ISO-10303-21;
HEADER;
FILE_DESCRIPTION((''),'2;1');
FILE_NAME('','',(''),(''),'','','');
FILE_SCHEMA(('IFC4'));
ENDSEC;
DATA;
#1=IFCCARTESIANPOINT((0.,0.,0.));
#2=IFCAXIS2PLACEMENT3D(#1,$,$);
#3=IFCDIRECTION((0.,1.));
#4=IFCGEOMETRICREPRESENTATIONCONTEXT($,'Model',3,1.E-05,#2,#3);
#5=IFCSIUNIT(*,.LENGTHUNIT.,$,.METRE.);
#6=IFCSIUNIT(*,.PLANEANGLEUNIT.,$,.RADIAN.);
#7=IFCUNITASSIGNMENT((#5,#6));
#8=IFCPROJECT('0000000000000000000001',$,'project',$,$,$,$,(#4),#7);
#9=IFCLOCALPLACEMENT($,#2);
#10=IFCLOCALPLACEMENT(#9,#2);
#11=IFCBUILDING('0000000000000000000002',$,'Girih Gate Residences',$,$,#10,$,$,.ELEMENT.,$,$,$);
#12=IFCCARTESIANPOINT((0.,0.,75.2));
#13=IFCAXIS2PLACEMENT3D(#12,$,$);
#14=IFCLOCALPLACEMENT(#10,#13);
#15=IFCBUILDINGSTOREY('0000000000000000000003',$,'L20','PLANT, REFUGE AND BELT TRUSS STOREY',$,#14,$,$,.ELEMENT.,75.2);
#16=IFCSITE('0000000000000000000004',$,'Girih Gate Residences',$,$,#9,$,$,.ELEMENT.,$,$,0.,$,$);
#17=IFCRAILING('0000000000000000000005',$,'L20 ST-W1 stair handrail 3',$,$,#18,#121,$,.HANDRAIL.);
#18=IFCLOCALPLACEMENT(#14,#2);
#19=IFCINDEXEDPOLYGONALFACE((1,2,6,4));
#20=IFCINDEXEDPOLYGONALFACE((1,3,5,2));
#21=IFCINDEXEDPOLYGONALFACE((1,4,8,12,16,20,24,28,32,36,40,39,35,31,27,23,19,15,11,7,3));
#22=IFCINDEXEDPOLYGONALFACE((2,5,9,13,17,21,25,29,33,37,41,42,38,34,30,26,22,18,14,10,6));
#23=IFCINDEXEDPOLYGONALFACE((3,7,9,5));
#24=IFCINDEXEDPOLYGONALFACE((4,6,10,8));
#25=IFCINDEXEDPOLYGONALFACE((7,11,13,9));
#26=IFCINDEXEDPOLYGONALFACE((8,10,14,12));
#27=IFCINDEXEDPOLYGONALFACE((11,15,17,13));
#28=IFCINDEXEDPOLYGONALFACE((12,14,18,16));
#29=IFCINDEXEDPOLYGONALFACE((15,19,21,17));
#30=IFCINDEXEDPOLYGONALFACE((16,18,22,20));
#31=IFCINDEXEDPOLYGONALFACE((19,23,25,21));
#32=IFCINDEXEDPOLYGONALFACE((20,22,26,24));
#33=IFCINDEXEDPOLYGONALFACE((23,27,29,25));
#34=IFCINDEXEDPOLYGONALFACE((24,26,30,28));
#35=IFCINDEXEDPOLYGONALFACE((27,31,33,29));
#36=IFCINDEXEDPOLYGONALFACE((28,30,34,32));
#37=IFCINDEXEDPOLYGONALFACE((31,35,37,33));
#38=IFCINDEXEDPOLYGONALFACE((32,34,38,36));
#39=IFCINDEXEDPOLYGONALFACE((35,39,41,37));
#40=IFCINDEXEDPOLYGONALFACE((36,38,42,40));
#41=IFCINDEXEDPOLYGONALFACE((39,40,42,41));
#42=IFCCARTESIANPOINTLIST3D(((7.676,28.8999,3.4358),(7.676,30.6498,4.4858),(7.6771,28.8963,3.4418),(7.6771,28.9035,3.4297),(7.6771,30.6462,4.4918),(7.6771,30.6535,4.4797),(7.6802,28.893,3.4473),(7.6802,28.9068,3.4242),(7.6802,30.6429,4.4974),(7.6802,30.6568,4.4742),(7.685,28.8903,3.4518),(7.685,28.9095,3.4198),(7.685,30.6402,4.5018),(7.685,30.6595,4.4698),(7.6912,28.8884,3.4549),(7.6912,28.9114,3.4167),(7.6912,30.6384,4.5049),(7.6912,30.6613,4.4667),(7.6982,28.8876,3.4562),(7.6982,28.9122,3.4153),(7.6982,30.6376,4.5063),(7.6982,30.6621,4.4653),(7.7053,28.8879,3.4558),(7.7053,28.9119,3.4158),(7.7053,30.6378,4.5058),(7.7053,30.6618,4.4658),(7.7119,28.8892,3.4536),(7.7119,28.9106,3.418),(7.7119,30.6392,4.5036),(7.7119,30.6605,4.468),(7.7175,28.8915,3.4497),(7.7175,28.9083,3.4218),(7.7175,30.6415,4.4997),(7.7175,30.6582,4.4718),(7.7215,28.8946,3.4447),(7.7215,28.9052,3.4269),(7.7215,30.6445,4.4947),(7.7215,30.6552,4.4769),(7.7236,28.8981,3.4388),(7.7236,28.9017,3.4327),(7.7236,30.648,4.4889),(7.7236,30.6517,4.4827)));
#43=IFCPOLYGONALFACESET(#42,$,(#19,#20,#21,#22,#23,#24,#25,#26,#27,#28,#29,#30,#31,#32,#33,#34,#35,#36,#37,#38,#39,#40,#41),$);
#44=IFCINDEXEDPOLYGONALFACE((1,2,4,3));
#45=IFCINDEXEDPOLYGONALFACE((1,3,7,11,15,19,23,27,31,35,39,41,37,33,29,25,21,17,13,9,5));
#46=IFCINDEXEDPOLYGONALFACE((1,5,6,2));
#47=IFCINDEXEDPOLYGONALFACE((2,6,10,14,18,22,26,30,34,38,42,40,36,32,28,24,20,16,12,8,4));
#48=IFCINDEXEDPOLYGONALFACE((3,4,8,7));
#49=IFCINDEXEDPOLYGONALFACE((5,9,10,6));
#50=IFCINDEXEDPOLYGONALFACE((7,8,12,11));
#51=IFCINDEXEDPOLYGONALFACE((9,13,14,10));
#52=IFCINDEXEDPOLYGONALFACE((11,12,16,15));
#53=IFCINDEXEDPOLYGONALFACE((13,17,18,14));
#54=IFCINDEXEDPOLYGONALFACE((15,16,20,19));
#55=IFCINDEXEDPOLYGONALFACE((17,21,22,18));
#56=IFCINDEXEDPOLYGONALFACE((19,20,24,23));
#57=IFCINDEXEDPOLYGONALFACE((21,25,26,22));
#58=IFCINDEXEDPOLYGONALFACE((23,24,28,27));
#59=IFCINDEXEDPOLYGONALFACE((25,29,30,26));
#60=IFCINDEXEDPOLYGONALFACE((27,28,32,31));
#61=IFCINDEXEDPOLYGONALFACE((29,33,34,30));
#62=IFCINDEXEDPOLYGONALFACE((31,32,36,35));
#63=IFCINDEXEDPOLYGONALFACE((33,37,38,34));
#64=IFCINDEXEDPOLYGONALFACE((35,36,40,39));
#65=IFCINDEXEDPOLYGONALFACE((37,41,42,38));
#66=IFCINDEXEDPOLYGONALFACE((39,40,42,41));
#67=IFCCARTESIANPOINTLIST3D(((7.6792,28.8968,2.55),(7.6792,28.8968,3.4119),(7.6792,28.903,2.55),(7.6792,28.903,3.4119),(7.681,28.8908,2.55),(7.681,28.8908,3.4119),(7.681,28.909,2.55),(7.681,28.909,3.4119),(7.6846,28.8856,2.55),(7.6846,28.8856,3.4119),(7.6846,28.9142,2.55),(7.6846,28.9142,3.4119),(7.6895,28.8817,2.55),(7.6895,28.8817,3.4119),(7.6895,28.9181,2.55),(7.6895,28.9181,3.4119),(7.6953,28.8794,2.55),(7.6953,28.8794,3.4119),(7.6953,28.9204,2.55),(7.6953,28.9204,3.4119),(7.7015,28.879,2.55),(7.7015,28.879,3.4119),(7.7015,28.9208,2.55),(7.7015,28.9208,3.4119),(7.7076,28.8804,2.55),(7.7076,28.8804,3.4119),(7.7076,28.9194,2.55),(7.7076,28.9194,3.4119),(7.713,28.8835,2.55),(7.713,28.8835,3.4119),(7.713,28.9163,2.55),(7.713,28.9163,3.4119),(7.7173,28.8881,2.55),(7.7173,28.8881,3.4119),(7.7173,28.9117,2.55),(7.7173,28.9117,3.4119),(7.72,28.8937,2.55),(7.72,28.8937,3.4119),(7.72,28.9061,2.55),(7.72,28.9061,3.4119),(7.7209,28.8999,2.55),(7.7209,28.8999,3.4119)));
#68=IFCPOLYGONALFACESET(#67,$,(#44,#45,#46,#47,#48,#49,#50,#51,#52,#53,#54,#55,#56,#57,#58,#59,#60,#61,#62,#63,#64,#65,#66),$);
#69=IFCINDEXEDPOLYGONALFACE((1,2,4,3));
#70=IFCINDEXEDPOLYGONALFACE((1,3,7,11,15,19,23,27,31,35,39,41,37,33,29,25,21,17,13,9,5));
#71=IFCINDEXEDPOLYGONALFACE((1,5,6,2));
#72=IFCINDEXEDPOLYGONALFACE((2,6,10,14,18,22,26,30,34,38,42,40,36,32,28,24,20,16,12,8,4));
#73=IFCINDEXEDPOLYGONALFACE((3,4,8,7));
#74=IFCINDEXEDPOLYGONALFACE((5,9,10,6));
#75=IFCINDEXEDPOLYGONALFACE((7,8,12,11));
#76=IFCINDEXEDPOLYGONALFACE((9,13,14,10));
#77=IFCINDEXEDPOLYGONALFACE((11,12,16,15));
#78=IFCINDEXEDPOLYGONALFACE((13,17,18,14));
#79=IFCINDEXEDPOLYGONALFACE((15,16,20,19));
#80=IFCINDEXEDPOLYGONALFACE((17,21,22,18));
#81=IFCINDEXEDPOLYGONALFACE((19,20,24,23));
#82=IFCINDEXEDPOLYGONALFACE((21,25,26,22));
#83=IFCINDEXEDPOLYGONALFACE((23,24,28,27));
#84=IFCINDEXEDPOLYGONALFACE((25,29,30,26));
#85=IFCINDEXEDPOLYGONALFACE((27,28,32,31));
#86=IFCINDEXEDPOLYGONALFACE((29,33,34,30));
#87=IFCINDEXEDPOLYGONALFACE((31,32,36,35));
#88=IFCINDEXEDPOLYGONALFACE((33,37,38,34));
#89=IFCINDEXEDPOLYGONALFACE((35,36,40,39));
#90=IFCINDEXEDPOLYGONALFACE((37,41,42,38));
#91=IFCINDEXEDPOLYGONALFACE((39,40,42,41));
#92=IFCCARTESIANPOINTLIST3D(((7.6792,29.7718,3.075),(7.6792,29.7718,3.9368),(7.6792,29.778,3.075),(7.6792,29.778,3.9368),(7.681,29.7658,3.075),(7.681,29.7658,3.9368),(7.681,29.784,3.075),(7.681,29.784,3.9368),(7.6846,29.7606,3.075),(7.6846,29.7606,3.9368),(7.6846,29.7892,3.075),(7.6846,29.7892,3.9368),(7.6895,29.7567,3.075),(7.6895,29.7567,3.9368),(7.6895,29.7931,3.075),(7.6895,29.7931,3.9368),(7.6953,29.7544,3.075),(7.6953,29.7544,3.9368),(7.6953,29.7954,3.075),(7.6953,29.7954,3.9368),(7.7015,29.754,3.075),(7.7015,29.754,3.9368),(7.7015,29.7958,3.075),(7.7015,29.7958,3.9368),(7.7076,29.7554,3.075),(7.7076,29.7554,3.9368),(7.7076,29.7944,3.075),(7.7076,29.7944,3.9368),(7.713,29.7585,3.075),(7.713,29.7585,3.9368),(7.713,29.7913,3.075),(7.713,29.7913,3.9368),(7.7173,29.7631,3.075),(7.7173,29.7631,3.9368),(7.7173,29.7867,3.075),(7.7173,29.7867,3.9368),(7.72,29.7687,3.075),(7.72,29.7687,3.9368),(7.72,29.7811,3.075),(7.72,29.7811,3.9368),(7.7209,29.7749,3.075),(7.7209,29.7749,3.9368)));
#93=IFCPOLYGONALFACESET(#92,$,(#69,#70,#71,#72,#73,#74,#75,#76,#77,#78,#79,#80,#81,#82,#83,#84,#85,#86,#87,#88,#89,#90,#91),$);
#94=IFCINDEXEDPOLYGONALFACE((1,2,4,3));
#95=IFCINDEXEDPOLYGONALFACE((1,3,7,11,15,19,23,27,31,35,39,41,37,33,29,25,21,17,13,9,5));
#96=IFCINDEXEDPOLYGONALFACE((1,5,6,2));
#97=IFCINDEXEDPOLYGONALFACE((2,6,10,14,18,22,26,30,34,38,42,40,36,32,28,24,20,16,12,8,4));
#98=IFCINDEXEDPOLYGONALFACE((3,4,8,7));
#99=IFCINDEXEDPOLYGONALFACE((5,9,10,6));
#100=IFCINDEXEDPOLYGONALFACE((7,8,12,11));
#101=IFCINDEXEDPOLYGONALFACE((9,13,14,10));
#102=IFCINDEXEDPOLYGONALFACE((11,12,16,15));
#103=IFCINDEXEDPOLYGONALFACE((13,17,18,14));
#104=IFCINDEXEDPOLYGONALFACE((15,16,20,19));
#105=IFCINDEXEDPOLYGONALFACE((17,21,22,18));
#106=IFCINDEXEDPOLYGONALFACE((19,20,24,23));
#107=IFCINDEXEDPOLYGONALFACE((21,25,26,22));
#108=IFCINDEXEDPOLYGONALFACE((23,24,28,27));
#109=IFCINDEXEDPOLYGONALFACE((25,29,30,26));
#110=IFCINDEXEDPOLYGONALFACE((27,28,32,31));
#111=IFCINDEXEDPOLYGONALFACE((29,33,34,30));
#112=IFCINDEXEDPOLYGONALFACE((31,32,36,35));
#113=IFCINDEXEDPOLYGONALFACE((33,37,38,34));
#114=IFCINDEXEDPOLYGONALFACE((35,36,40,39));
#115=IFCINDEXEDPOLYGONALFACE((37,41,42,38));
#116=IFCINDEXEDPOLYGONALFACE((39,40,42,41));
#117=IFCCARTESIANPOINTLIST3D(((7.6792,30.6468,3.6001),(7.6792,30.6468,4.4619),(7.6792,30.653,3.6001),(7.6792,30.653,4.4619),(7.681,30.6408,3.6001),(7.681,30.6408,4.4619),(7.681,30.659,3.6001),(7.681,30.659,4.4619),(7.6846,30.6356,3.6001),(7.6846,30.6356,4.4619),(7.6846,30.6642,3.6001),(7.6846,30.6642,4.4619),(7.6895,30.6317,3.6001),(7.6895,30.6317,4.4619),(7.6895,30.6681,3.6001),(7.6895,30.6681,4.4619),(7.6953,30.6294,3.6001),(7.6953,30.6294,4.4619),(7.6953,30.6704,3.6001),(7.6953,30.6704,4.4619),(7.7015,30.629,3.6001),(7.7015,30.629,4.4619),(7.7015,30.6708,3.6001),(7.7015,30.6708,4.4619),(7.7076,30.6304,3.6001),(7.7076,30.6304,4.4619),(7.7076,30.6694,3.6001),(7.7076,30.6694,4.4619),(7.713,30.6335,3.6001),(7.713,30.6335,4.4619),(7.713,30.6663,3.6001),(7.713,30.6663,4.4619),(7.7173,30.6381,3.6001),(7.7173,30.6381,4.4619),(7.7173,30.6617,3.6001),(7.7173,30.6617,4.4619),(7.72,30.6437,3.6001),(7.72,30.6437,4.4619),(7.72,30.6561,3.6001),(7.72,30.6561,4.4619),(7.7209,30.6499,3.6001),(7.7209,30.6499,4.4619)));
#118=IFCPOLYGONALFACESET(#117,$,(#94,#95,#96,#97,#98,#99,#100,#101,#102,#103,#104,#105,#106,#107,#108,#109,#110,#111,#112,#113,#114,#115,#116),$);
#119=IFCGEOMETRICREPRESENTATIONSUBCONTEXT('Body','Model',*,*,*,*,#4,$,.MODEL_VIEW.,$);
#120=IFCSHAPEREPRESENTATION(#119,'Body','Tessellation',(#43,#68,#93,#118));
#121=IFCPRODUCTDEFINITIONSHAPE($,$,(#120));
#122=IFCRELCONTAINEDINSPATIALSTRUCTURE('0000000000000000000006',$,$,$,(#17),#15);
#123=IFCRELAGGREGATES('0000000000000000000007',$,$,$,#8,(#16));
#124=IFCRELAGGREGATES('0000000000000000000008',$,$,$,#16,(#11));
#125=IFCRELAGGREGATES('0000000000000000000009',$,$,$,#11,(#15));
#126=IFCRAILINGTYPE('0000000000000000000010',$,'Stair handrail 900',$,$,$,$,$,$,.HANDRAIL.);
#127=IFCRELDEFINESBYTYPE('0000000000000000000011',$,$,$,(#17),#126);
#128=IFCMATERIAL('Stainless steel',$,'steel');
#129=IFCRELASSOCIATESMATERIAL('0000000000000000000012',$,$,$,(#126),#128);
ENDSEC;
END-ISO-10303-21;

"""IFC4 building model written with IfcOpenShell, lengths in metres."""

from ifc_helpers import new_model, si_unit, direction, frame, origin, origin_2d, place, context, subcontext, project, spatial, circle, extrude, material, type_object, element, save


model = new_model("IFC4")

# Units and contexts
model_context = context("Model", 3, precision=1e-05, world=origin(), true_north=direction((0.0, 1.0)))
body_context = subcontext(model_context, "Body", "Model", "MODEL_VIEW")
ifc_project = project(units=[si_unit("LENGTHUNIT", "METRE"), si_unit("PLANEANGLEUNIT", "RADIAN")], contexts=[model_context])

# Site, building, storey
site_placement = place(None, origin())
site = spatial("IfcSite", under=ifc_project, at=site_placement, Name="Girih Gate Residences", CompositionType="ELEMENT", RefElevation=0.0)
building_placement = place(site_placement, origin())
building = spatial("IfcBuilding", under=site, at=building_placement, Name="Girih Gate Residences", CompositionType="ELEMENT")
storey_placement = place(building_placement, frame((0.0, 0.0, 75.2)))
storey = spatial("IfcBuildingStorey", under=building, at=storey_placement, Name="L20", Description="PLANT, REFUGE AND BELT TRUSS STOREY", CompositionType="ELEMENT", Elevation=75.2)

# Railing
ifc_material_1 = material(Name="Stainless steel", Category="steel")
railing_type_1 = type_object("IfcRailingType", Name="Stair handrail 900", PredefinedType="HANDRAIL", material=ifc_material_1)
railing_1_placement = place(storey_placement, frame((7.7, 28.8999, 2.55)))
element("IfcRailing", 1, at=railing_1_placement, inside=storey, type_object=railing_type_1, Name="L20 ST-W1 stair handrail 3", PredefinedType="HANDRAIL", context=body_context, shape_type="SweptSolid", body=[
    extrude(circle(Radius=0.0239, at=origin_2d()), frame((0.0, 0.0, 0.8857), z_axis=(0.0, 0.857482, 0.514513), x_axis=(-1.0, 0.0, 0.0)), (0.0, 0.0, 1.0), 2.0408),
    extrude(circle(Radius=0.021, at=origin_2d()), origin(), (0.0, 0.0, 1.0), 0.8618),
    extrude(circle(Radius=0.021, at=origin_2d()), frame((0.0, 0.875, 0.5249)), (0.0, 0.0, 1.0), 0.8618),
    extrude(circle(Radius=0.021, at=origin_2d()), frame((0.0, 1.75, 1.05)), (0.0, 0.0, 1.0), 0.8618),
])

save(model, "model.ifc")
